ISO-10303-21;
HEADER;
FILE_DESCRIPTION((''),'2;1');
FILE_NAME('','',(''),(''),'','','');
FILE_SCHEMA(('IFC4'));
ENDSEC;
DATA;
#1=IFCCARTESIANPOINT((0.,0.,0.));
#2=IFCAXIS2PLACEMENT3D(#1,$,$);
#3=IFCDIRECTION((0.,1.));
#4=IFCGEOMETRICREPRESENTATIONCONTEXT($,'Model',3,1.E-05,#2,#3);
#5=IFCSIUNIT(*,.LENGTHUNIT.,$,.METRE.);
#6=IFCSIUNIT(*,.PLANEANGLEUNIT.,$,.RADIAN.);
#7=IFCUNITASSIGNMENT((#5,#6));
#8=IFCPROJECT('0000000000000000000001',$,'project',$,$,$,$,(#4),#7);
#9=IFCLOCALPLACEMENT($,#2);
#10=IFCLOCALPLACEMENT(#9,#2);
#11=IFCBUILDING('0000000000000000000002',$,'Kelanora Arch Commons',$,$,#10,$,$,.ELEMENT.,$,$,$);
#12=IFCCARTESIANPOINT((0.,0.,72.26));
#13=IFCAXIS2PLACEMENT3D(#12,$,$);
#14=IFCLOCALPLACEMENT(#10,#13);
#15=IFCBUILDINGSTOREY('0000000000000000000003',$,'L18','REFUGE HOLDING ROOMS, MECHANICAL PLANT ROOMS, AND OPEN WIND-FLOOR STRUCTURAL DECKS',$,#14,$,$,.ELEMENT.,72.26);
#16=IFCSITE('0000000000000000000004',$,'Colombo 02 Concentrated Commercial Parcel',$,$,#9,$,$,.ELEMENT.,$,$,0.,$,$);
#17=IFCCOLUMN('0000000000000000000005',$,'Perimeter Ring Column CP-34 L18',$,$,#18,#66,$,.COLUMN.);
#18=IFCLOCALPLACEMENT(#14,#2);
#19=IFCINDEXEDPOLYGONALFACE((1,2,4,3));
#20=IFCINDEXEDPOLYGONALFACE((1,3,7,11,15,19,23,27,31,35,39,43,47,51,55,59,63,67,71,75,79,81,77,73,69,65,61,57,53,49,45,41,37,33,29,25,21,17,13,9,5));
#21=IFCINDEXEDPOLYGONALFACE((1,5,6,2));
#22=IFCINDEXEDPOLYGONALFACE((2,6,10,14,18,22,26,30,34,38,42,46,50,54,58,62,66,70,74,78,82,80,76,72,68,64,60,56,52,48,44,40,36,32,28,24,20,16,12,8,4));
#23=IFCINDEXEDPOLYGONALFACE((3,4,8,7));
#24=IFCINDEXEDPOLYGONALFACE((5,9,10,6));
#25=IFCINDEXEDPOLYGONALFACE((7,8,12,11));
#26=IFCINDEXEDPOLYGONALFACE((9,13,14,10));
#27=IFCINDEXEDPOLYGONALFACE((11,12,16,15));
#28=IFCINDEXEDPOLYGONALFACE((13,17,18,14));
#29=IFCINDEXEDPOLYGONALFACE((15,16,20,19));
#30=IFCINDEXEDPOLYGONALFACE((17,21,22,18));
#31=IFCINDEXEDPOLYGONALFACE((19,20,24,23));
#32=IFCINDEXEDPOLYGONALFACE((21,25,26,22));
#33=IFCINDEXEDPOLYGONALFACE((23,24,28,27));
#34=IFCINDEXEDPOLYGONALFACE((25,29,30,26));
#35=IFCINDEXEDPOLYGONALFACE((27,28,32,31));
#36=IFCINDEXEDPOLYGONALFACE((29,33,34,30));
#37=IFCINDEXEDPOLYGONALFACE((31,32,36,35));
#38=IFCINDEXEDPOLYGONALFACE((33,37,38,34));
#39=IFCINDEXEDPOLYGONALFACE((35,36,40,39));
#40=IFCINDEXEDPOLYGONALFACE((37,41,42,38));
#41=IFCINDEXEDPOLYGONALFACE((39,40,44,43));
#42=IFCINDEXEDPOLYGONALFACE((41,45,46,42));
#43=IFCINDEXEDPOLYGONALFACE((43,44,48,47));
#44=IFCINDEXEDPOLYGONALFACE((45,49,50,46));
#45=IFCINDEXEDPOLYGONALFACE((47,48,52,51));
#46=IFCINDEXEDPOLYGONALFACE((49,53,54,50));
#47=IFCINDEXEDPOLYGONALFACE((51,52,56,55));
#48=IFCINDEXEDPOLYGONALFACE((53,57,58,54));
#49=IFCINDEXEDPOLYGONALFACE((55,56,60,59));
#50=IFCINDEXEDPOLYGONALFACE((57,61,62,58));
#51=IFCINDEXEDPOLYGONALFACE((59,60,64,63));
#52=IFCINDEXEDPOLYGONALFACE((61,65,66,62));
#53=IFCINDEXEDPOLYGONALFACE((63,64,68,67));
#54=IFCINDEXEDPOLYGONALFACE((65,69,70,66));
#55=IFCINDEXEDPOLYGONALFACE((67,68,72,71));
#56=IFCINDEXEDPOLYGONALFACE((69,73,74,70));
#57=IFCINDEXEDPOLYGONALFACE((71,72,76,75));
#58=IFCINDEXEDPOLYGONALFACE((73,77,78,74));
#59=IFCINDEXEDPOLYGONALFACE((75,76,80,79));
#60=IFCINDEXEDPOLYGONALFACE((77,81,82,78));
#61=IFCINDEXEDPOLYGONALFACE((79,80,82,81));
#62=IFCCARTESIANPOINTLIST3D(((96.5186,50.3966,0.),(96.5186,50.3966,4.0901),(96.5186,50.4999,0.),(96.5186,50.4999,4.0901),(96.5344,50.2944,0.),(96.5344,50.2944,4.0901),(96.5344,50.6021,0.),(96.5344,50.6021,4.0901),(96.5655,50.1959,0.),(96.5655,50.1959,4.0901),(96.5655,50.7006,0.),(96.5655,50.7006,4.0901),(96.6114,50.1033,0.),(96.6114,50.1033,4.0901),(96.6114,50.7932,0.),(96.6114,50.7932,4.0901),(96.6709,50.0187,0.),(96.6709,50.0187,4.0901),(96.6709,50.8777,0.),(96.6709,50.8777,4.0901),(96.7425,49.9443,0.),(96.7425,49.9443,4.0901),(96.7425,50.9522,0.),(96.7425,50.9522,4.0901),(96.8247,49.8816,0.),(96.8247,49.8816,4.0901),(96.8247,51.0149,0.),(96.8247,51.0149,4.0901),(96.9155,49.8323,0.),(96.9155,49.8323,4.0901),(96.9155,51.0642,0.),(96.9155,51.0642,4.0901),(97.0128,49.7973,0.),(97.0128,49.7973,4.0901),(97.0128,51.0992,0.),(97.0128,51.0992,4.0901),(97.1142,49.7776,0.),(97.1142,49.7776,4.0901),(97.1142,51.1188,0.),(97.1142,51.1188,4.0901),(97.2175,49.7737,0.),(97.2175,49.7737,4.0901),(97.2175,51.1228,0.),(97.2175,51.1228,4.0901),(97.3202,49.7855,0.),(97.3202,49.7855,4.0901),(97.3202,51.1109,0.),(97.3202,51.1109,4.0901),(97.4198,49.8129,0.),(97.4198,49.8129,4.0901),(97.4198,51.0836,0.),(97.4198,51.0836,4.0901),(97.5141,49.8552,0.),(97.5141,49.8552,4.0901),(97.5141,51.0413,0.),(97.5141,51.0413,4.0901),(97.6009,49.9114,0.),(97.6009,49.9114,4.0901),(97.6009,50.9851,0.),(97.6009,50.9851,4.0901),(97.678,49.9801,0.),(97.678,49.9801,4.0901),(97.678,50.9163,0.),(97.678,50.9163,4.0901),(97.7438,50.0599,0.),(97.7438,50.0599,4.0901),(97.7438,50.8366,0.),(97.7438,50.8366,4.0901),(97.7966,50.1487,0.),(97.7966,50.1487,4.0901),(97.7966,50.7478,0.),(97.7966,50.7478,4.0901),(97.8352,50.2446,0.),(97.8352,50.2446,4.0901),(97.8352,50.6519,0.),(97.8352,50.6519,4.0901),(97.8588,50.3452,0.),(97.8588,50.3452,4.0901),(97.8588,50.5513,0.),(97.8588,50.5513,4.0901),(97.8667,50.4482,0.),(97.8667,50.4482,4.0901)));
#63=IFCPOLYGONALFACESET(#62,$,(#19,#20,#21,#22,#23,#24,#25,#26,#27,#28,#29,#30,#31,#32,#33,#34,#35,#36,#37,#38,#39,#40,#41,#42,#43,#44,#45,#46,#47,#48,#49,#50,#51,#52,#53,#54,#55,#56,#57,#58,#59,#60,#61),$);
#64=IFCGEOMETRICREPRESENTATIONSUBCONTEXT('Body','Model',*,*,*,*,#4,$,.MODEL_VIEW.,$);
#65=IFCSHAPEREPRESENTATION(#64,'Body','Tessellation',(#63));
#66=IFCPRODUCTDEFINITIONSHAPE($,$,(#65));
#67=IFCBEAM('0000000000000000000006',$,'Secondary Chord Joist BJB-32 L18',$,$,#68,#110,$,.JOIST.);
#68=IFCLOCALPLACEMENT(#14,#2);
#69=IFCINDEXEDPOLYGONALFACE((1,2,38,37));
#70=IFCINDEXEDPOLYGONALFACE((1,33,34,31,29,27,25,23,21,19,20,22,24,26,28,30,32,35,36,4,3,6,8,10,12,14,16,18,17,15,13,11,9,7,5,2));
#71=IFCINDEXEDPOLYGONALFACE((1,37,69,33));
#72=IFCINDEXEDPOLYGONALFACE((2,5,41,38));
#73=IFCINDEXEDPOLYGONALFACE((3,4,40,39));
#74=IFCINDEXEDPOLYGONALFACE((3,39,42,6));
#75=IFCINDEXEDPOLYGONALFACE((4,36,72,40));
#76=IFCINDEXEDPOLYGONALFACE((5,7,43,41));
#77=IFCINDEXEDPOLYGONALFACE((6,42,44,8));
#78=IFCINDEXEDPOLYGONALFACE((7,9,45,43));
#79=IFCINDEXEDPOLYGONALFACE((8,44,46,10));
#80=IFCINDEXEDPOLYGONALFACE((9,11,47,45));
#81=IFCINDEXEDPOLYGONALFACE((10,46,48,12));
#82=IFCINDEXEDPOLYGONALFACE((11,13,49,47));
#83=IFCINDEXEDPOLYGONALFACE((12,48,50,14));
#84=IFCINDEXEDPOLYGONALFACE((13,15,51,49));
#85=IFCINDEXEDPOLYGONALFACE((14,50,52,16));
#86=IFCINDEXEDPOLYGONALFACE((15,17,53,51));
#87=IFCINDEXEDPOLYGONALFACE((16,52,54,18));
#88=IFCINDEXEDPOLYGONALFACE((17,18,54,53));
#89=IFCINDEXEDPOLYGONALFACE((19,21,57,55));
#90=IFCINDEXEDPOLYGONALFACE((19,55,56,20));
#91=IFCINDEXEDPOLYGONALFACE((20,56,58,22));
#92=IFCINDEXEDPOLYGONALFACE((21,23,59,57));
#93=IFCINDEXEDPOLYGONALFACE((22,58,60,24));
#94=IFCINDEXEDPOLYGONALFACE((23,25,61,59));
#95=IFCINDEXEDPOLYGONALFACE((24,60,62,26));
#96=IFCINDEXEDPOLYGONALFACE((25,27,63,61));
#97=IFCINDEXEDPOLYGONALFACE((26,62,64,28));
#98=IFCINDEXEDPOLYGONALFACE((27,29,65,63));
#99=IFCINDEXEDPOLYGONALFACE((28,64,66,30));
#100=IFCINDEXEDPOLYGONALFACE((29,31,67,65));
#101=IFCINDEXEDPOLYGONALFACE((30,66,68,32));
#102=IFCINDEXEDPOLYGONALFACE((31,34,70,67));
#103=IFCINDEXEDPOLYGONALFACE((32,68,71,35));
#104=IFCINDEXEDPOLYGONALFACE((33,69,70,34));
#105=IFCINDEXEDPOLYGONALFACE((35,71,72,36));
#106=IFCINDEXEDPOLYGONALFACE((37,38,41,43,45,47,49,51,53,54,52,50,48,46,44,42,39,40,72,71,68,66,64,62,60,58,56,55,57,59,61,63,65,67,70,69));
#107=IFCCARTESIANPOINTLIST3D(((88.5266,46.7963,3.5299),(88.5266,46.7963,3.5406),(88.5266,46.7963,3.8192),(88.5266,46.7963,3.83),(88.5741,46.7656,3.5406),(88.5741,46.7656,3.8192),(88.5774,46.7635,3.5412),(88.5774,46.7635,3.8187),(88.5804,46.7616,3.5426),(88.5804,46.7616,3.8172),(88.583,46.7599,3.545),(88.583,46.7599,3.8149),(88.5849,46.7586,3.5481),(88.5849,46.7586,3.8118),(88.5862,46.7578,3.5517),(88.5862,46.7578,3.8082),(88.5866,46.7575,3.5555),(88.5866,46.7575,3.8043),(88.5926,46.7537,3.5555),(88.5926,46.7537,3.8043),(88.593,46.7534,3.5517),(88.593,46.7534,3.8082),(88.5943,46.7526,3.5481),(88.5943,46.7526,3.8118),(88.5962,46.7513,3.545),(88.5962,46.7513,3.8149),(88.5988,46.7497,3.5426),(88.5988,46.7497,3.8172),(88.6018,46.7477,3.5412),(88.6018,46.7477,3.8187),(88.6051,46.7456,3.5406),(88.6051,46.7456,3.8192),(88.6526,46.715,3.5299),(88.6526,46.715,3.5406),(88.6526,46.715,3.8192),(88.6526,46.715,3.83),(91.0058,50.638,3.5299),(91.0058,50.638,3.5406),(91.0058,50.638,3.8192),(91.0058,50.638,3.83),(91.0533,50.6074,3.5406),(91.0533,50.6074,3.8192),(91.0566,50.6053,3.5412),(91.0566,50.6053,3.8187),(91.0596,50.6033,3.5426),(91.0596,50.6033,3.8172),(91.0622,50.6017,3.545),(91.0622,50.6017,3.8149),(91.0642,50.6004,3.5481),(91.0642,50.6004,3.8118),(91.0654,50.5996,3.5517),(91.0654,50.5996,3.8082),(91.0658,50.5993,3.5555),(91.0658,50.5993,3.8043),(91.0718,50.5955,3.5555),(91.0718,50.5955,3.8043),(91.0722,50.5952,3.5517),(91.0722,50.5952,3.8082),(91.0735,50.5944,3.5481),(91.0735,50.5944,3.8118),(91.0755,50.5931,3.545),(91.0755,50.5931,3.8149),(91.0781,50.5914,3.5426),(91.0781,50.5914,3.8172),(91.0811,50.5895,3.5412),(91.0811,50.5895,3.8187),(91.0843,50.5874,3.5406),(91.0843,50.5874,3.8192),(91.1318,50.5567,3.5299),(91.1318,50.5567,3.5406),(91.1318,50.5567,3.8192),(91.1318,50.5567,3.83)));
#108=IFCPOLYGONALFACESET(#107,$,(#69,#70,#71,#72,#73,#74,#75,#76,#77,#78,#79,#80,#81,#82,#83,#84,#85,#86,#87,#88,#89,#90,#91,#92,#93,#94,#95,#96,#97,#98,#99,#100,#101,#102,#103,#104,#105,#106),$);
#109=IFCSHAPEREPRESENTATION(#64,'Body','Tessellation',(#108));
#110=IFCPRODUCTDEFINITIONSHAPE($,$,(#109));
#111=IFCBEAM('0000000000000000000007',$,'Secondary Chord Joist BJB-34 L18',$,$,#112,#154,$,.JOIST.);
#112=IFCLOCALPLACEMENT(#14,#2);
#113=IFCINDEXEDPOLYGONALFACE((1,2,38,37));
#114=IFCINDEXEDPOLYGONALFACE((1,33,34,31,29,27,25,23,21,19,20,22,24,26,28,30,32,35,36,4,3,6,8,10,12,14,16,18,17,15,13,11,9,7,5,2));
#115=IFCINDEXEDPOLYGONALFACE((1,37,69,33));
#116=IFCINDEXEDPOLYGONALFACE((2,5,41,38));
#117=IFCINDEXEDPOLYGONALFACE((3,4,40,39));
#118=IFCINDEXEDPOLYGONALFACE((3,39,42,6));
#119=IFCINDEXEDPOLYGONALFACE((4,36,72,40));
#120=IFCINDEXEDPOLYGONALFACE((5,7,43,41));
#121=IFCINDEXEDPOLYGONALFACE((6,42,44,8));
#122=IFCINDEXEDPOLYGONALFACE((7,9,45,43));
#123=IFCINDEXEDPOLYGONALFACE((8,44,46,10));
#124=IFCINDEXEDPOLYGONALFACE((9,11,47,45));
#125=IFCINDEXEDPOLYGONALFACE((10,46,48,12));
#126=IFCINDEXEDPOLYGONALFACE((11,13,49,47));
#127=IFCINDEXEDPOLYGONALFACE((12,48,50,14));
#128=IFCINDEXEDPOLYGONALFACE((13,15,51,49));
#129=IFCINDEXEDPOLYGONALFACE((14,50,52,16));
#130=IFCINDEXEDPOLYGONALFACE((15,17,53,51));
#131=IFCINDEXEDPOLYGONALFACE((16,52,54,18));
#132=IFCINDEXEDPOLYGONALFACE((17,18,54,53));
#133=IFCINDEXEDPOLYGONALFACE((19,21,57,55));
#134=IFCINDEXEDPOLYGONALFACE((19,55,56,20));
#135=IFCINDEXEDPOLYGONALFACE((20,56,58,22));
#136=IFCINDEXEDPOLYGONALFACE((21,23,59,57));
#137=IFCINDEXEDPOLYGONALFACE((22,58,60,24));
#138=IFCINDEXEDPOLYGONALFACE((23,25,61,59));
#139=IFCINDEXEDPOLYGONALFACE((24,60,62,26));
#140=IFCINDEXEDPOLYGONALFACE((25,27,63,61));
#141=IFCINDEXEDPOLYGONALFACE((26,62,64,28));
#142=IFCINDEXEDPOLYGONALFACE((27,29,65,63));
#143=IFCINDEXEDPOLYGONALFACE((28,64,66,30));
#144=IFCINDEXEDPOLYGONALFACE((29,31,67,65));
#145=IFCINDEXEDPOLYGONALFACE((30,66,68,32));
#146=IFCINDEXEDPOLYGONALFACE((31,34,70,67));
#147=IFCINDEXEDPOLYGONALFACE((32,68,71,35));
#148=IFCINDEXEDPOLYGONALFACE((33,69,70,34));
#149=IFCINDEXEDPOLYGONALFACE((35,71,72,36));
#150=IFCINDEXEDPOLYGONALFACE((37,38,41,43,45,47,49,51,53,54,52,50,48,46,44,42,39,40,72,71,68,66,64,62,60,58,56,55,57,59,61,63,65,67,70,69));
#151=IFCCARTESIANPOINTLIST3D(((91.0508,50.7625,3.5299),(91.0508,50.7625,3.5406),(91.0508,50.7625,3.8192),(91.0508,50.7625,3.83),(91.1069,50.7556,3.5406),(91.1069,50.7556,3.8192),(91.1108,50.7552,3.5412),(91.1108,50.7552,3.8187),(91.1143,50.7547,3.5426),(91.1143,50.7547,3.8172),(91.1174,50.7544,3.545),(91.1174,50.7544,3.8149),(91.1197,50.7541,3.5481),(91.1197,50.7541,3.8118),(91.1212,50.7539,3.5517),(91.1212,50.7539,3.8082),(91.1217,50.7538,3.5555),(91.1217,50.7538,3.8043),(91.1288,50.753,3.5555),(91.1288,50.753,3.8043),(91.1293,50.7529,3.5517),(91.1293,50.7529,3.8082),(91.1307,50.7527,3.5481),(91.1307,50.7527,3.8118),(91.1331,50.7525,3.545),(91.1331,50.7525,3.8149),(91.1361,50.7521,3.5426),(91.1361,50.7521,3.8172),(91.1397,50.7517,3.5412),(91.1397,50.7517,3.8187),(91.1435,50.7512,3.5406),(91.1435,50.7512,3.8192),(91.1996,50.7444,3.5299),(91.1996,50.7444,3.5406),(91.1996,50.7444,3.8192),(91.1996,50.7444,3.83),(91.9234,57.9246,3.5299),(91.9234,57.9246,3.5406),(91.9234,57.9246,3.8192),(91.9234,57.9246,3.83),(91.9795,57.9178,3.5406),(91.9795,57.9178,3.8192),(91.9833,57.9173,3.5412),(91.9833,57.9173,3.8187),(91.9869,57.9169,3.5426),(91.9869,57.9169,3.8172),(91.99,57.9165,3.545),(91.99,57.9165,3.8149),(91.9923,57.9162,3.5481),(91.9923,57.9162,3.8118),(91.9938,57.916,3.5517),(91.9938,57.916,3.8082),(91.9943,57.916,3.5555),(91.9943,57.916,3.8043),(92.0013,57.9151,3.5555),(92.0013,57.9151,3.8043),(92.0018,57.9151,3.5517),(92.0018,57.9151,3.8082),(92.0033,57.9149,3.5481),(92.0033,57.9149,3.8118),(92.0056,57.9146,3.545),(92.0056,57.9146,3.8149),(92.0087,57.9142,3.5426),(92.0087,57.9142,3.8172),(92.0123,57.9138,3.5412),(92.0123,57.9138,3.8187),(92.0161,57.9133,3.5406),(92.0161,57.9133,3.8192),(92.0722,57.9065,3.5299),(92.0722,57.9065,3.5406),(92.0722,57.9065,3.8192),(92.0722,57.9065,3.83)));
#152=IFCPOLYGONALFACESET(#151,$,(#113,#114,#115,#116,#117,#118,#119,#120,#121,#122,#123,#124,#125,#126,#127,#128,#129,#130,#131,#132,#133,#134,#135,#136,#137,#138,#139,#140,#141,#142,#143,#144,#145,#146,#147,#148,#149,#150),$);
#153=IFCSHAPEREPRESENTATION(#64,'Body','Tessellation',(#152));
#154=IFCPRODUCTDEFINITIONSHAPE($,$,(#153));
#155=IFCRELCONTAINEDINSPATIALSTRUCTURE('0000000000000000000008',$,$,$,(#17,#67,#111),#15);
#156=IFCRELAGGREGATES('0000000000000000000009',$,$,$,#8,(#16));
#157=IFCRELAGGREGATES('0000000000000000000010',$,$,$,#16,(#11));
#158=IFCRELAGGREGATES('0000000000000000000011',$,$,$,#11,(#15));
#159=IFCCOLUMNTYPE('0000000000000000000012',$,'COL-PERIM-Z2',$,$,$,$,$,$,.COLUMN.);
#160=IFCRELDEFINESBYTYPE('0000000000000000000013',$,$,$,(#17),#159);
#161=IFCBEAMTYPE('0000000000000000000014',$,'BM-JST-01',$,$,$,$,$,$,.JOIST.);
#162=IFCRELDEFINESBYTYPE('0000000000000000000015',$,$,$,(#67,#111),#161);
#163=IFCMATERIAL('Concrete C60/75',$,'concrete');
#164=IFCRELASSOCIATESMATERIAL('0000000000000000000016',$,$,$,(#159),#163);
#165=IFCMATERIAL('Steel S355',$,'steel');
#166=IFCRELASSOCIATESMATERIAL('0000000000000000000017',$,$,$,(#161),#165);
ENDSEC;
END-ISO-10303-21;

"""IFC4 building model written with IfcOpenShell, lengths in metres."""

from ifc_helpers import new_model, si_unit, direction, frame, origin, origin_2d, place, context, subcontext, project, spatial, circle, i_section, extrude, material, material_profile, profile_set, type_object, element, save


model = new_model("IFC4")

# Units and contexts
model_context = context("Model", 3, precision=1e-05, world=origin(), true_north=direction((0.0, 1.0)))
body_context = subcontext(model_context, "Body", "Model", "MODEL_VIEW")
ifc_project = project(units=[si_unit("LENGTHUNIT", "METRE"), si_unit("PLANEANGLEUNIT", "RADIAN")], contexts=[model_context])

# Site, building, storey
site_placement = place(None, origin())
site = spatial("IfcSite", under=ifc_project, at=site_placement, Name="Colombo 02 Concentrated Commercial Parcel", CompositionType="ELEMENT", RefElevation=0.0)
building_placement = place(site_placement, origin())
building = spatial("IfcBuilding", under=site, at=building_placement, Name="Kelanora Arch Commons", CompositionType="ELEMENT")
storey_placement = place(building_placement, frame((0.0, 0.0, 72.26)))
storey = spatial("IfcBuildingStorey", under=building, at=storey_placement, Name="L18", Description="REFUGE HOLDING ROOMS, MECHANICAL PLANT ROOMS, AND OPEN WIND-FLOOR STRUCTURAL DECKS", CompositionType="ELEMENT", Elevation=72.26)

# Column
ifc_material_1 = material(Name="Concrete C60/75", Category="concrete")
ifc_material_profile_1 = material_profile(ifc_material_1, circle(Radius=0.675, at=origin_2d()), Name="RCC1350")
ifc_profile_set_1 = profile_set([ifc_material_profile_1], Name="Concrete C60/75")
column_type = type_object("IfcColumnType", Name="COL-PERIM-Z2", PredefinedType="COLUMN", material=ifc_profile_set_1)
column_placement = place(storey_placement, frame((97.1917, 50.4482, 0.0), z_axis=(0.0, 0.0, 1.0), x_axis=(1.0, 0.0, 0.0)))
element("IfcColumn", 1, at=column_placement, inside=storey, type_object=column_type, Name="Perimeter Ring Column CP-34 L18", PredefinedType="COLUMN", context=body_context, shape_type="SweptSolid", body=[
    extrude(circle(Radius=0.675, at=origin_2d()), origin(), (0.0, 0.0, 1.0), 4.0901),
])

# Beams
ifc_material_2 = material(Name="Steel S355", Category="steel")
ifc_material_profile_2 = material_profile(ifc_material_2, i_section(OverallWidth=0.1499, OverallDepth=0.3, WebThickness=0.0071, FlangeThickness=0.0107, FilletRadius=0.0149, at=origin_2d()), Name="IPE300")
ifc_profile_set_2 = profile_set([ifc_material_profile_2], Name="Steel S355")
beam_type_1 = type_object("IfcBeamType", Name="BM-JST-01", PredefinedType="JOIST", material=ifc_profile_set_2)
beam_1_placement = place(storey_placement, frame((88.5896, 46.7556, 3.6799), z_axis=(0.54223, 0.84023, 0.0), x_axis=(-0.84023, 0.54223, 0.0)))
element("IfcBeam", 2, at=beam_1_placement, inside=storey, type_object=beam_type_1, Name="Secondary Chord Joist BJB-32 L18", PredefinedType="JOIST", context=body_context, shape_type="SweptSolid", body=[
    extrude(i_section(OverallWidth=0.1499, OverallDepth=0.3, WebThickness=0.0071, FlangeThickness=0.0107, FilletRadius=0.0149, at=origin_2d()), origin(), (0.0, 0.0, 1.0), 4.5723),
])
beam_2_placement = place(storey_placement, frame((91.1252, 50.7534, 3.6799), z_axis=(0.120936, 0.99266, 0.0), x_axis=(-0.99266, 0.120936, 0.0)))
element("IfcBeam", 3, at=beam_2_placement, inside=storey, type_object=beam_type_1, Name="Secondary Chord Joist BJB-34 L18", PredefinedType="JOIST", context=body_context, shape_type="SweptSolid", body=[
    extrude(i_section(OverallWidth=0.1499, OverallDepth=0.3, WebThickness=0.0071, FlangeThickness=0.0107, FilletRadius=0.0149, at=origin_2d()), origin(), (0.0, 0.0, 1.0), 7.2151),
])

save(model, "model.ifc")
